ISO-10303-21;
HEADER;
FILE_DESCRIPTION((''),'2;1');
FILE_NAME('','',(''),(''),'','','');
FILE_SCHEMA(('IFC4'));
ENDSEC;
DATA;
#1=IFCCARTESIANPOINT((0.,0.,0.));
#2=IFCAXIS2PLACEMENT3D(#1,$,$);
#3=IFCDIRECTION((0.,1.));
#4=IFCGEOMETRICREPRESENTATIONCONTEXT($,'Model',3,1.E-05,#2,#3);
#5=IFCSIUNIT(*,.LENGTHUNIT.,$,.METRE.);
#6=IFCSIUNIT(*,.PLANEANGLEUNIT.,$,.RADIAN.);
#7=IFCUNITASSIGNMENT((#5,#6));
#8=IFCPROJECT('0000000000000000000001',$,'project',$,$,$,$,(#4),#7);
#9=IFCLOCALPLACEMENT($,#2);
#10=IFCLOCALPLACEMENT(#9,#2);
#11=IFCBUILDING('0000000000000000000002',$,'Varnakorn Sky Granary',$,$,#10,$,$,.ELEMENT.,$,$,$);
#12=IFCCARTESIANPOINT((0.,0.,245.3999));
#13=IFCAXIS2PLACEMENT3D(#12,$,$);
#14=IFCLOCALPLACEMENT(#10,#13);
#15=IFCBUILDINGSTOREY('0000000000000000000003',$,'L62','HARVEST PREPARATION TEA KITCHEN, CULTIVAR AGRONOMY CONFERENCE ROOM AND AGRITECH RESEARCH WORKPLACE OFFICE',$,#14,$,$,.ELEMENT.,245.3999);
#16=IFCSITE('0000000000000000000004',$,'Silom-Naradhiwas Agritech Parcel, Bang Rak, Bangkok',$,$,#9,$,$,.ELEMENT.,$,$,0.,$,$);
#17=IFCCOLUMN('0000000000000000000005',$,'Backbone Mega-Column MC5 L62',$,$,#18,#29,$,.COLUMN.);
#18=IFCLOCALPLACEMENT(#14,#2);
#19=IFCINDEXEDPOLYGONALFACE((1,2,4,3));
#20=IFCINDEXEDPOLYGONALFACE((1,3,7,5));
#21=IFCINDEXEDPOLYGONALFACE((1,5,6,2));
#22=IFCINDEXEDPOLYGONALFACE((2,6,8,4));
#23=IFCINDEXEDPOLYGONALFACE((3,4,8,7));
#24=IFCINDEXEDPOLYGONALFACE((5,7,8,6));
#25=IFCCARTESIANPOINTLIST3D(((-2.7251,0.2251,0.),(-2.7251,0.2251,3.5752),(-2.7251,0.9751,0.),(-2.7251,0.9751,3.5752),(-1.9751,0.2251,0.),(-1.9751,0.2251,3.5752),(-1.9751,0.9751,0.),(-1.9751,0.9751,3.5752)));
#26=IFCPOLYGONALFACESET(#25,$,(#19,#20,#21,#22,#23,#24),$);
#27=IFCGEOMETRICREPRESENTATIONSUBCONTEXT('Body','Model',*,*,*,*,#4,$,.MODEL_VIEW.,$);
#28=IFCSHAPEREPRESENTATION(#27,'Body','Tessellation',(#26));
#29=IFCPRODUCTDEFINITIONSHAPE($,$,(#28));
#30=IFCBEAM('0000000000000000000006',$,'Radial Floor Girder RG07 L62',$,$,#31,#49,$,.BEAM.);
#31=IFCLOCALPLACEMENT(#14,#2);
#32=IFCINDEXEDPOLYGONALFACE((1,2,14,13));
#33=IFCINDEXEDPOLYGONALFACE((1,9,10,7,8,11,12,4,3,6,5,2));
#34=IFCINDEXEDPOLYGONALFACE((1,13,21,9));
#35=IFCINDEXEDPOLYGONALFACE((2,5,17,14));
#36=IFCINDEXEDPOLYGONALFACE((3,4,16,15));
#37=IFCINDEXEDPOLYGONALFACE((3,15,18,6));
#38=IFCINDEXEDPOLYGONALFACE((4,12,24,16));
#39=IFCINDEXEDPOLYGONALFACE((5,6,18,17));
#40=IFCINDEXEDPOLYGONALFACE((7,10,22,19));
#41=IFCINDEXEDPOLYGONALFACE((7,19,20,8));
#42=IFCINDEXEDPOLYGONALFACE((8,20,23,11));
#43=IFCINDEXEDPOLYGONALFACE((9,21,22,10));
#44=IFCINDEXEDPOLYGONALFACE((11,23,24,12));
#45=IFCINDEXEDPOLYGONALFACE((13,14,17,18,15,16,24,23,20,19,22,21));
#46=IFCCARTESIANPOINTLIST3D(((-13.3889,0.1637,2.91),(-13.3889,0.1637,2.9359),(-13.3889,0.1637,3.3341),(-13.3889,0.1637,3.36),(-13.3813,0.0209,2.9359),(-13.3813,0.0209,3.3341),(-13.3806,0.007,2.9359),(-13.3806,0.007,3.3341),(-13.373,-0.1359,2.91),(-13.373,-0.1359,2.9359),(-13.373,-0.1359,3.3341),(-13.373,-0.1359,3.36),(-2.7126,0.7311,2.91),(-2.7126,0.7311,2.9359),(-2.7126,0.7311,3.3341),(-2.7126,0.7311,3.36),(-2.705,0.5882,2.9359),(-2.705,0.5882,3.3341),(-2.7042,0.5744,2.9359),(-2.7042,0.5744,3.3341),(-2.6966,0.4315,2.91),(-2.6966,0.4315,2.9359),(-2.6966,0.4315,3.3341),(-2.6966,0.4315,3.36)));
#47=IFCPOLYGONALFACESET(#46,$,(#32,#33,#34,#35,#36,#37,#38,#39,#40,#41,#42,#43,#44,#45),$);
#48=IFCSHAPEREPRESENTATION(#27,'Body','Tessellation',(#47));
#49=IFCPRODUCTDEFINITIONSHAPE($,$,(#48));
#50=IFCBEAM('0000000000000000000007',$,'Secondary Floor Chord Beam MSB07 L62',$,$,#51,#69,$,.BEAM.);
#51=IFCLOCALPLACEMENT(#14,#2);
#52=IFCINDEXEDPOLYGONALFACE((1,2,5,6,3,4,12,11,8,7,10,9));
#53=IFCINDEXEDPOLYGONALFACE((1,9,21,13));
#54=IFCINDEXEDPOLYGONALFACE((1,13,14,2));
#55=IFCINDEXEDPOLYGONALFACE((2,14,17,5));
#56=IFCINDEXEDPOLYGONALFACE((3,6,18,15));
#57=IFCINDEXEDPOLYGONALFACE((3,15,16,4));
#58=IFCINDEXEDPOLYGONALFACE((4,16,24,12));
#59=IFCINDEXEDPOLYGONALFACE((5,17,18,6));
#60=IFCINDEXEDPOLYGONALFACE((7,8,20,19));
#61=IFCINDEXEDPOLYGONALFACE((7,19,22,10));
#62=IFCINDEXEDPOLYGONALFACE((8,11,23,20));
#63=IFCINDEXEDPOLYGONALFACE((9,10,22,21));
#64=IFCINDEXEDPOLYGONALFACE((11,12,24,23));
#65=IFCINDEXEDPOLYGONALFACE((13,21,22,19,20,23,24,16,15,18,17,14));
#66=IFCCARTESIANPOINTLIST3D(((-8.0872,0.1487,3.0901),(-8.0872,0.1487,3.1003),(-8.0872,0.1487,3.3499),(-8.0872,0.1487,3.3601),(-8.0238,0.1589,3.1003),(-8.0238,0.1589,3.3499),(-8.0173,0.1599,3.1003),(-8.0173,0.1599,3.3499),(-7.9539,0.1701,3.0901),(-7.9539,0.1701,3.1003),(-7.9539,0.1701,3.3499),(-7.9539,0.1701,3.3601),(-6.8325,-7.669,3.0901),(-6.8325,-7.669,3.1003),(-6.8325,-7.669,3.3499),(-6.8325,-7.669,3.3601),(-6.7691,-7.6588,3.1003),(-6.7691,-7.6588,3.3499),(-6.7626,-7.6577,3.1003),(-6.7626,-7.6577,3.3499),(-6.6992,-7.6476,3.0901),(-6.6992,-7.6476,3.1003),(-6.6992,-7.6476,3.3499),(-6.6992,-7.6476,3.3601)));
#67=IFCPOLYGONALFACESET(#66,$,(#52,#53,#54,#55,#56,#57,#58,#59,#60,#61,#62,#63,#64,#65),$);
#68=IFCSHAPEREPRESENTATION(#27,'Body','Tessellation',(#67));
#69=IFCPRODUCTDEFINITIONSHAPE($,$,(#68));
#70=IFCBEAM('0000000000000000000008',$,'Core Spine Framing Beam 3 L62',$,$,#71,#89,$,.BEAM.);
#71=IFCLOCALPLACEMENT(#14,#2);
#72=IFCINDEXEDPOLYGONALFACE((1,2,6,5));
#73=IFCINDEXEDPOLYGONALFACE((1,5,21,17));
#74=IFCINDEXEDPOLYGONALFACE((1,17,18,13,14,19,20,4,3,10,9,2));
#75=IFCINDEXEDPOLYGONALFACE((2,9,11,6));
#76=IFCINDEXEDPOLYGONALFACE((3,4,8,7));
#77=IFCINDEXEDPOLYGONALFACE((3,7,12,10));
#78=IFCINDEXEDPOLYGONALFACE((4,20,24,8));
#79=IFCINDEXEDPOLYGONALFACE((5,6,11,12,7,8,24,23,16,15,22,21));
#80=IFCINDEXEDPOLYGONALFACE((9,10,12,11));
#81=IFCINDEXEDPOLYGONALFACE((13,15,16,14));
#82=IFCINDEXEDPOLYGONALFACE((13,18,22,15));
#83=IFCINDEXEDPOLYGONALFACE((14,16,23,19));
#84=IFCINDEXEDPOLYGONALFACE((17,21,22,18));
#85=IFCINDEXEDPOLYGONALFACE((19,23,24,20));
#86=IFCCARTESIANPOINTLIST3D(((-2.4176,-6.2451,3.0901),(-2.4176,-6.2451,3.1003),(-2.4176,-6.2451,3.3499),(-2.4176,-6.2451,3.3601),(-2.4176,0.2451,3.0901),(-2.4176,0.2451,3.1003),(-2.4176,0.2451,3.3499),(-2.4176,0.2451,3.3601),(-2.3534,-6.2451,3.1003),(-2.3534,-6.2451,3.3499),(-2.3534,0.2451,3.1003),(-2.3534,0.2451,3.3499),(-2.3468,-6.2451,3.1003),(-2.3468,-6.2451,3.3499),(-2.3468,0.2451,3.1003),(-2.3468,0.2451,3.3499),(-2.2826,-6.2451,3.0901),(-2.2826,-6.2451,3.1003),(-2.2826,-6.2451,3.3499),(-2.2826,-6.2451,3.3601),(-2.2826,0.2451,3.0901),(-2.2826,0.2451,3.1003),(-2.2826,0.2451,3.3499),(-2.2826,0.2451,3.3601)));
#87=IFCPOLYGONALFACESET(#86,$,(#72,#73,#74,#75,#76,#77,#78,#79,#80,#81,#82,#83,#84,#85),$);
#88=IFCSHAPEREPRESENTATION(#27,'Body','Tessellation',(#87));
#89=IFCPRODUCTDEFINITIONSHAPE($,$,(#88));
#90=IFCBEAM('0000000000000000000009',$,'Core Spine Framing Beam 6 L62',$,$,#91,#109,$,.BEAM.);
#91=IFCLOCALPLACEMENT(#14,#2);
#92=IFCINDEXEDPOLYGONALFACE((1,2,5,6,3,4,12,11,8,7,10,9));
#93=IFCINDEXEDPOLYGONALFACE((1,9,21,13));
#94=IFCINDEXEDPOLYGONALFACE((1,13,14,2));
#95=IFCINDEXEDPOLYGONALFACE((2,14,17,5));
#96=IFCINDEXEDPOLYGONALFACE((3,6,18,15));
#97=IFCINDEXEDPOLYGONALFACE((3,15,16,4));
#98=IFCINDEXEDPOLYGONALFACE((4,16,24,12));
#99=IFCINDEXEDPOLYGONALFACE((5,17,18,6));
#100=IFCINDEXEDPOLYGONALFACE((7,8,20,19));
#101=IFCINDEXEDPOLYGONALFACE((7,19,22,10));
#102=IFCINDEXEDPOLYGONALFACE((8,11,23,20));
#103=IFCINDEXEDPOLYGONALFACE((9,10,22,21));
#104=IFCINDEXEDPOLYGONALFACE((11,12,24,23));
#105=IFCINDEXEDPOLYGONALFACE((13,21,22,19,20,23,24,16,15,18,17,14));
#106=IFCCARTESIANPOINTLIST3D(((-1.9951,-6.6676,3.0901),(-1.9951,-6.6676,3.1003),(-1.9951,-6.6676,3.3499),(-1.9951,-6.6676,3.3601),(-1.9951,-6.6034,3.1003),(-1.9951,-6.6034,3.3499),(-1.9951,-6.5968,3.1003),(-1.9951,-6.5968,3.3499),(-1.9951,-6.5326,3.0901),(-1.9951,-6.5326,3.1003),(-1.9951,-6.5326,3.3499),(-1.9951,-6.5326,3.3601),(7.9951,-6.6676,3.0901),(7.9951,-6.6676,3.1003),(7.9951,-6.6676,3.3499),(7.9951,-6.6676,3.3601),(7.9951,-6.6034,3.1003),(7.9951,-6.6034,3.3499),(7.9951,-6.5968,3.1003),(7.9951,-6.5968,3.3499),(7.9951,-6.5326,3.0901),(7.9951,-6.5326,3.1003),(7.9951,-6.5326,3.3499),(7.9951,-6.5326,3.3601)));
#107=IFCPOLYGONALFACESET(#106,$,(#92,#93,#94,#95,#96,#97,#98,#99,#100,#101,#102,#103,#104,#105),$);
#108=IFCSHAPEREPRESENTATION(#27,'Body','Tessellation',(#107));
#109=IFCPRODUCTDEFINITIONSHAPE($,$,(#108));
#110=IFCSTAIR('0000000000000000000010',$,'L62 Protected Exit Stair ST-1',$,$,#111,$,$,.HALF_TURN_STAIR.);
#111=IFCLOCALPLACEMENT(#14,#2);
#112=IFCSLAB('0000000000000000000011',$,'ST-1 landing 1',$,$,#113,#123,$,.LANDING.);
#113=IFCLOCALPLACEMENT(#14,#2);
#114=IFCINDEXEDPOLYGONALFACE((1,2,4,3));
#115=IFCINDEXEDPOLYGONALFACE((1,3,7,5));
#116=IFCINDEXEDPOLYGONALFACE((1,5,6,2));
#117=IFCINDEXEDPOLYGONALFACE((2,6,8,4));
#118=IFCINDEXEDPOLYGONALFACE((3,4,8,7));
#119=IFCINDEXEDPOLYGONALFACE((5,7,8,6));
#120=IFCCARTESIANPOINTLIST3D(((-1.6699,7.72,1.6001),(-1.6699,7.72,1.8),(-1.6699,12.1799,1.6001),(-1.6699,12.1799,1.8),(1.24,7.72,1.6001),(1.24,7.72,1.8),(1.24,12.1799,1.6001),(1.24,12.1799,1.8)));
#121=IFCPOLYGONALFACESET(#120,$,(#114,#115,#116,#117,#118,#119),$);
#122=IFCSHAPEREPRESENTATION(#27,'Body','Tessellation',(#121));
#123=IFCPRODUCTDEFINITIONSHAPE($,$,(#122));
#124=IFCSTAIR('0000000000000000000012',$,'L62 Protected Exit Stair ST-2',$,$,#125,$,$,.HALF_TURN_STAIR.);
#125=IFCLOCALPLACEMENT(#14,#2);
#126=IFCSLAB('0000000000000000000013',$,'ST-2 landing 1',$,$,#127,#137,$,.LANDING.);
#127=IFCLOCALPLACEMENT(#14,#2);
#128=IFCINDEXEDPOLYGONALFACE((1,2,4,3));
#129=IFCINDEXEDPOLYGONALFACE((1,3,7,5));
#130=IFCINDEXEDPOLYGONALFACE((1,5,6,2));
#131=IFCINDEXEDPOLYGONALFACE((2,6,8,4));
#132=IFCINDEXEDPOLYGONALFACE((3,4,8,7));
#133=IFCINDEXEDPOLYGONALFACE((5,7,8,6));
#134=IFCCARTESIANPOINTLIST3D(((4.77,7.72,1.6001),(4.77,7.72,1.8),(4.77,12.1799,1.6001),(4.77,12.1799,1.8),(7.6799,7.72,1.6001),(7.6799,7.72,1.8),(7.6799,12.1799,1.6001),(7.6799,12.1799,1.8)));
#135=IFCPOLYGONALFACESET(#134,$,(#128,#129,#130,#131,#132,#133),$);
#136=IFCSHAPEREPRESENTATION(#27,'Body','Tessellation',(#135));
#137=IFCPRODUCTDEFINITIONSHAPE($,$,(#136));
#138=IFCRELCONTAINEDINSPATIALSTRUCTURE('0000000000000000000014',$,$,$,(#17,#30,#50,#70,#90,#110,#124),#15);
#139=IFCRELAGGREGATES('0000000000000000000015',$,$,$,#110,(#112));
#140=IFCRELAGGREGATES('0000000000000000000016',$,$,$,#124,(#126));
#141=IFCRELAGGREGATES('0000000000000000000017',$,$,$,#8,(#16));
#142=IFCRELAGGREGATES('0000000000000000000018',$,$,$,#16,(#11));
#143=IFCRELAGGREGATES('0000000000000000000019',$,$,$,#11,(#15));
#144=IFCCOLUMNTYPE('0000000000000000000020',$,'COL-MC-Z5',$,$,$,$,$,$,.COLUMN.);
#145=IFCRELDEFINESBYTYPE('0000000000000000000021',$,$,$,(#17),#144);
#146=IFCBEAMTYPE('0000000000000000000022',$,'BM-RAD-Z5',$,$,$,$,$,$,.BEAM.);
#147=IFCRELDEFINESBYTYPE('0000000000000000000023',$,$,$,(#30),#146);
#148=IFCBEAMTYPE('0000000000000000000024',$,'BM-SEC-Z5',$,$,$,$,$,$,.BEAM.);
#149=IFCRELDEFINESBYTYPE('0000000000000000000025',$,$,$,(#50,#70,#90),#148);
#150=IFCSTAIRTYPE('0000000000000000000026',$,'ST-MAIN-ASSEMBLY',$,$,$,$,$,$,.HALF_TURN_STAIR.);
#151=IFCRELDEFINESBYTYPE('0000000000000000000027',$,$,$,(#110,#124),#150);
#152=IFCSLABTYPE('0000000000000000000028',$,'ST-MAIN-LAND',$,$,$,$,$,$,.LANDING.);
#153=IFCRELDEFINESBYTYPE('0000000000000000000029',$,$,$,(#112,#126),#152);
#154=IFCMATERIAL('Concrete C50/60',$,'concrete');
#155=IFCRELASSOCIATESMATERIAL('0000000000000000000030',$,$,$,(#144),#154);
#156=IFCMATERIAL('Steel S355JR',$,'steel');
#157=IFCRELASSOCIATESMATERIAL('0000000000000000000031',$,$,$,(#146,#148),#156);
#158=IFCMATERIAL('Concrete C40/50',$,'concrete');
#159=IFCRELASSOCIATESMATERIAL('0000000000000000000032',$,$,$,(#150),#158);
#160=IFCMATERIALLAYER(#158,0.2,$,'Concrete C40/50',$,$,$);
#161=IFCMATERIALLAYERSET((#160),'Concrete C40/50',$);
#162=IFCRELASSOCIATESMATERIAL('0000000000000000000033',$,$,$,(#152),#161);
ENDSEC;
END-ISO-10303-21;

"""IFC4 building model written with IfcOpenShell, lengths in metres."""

from ifc_helpers import new_model, si_unit, direction, frame, origin, origin_2d, place, context, subcontext, project, spatial, polyline, rectangle, i_section, outline, extrude, material, layer, layer_set, material_profile, profile_set, type_object, element, aggregate, save


model = new_model("IFC4")

# Units and contexts
model_context = context("Model", 3, precision=1e-05, world=origin(), true_north=direction((0.0, 1.0)))
body_context = subcontext(model_context, "Body", "Model", "MODEL_VIEW")
ifc_project = project(units=[si_unit("LENGTHUNIT", "METRE"), si_unit("PLANEANGLEUNIT", "RADIAN")], contexts=[model_context])

# Site, building, storey
site_placement = place(None, origin())
site = spatial("IfcSite", under=ifc_project, at=site_placement, Name="Silom-Naradhiwas Agritech Parcel, Bang Rak, Bangkok", CompositionType="ELEMENT", RefElevation=0.0)
building_placement = place(site_placement, origin())
building = spatial("IfcBuilding", under=site, at=building_placement, Name="Varnakorn Sky Granary", CompositionType="ELEMENT")
storey_placement = place(building_placement, frame((0.0, 0.0, 245.3999)))
storey = spatial("IfcBuildingStorey", under=building, at=storey_placement, Name="L62", Description="HARVEST PREPARATION TEA KITCHEN, CULTIVAR AGRONOMY CONFERENCE ROOM AND AGRITECH RESEARCH WORKPLACE OFFICE", CompositionType="ELEMENT", Elevation=245.3999)

# Column
ifc_material_1 = material(Name="Concrete C50/60", Category="concrete")
ifc_material_profile_1 = material_profile(ifc_material_1, rectangle(XDim=0.75, YDim=0.75, at=origin_2d()), Name="RC 750x750")
ifc_profile_set_1 = profile_set([ifc_material_profile_1], Name="Concrete C50/60")
column_type = type_object("IfcColumnType", Name="COL-MC-Z5", PredefinedType="COLUMN", material=ifc_profile_set_1)
column_placement = place(storey_placement, frame((-2.3501, 0.6001, 0.0), z_axis=(0.0, 0.0, 1.0), x_axis=(1.0, 0.0, 0.0)))
element("IfcColumn", 1, at=column_placement, inside=storey, type_object=column_type, Name="Backbone Mega-Column MC5 L62", PredefinedType="COLUMN", context=body_context, shape_type="SweptSolid", body=[
    extrude(rectangle(XDim=0.75, YDim=0.75, at=origin_2d()), origin(), (0.0, 0.0, 1.0), 3.5752),
])

# Beams
ifc_material_2 = material(Name="Steel S355JR", Category="steel")
ifc_material_profile_2 = material_profile(ifc_material_2, i_section(OverallWidth=0.3, OverallDepth=0.45, WebThickness=0.0139, FlangeThickness=0.0259, at=origin_2d()), Name="HE 450 B")
ifc_profile_set_2 = profile_set([ifc_material_profile_2], Name="Steel S355JR")
beam_type_1 = type_object("IfcBeamType", Name="BM-RAD-Z5", PredefinedType="BEAM", material=ifc_profile_set_2)
beam_1_placement = place(storey_placement, frame((-2.7046, 0.5813, 3.135), z_axis=(-0.998591, -0.053069, 0.0), x_axis=(0.053069, -0.998591, 0.0)))
element("IfcBeam", 2, at=beam_1_placement, inside=storey, type_object=beam_type_1, Name="Radial Floor Girder RG07 L62", PredefinedType="BEAM", context=body_context, shape_type="SweptSolid", body=[
    extrude(i_section(OverallWidth=0.3, OverallDepth=0.45, WebThickness=0.0139, FlangeThickness=0.0259, at=origin_2d()), origin(), (0.0, 0.0, 1.0), 10.6914),
])
ifc_material_profile_3 = material_profile(ifc_material_2, i_section(OverallWidth=0.135, OverallDepth=0.27, WebThickness=0.0066, FlangeThickness=0.0103, at=origin_2d()), Name="IPE 270")
ifc_profile_set_3 = profile_set([ifc_material_profile_3], Name="Steel S355JR")
beam_type_2 = type_object("IfcBeamType", Name="BM-SEC-Z5", PredefinedType="BEAM", material=ifc_profile_set_3)
beam_2_placement = place(storey_placement, frame((-8.0205, 0.1594, 3.2251), z_axis=(0.158461, -0.987365, 0.0), x_axis=(0.987365, 0.158461, 0.0)))
element("IfcBeam", 3, at=beam_2_placement, inside=storey, type_object=beam_type_2, Name="Secondary Floor Chord Beam MSB07 L62", PredefinedType="BEAM", context=body_context, shape_type="SweptSolid", body=[
    extrude(i_section(OverallWidth=0.135, OverallDepth=0.27, WebThickness=0.0066, FlangeThickness=0.0103, at=origin_2d()), origin(), (0.0, 0.0, 1.0), 7.9177),
])
beam_3_placement = place(storey_placement, frame((-2.3501, 0.2451, 3.2251), z_axis=(0.0, -1.0, 0.0), x_axis=(1.0, 0.0, 0.0)))
element("IfcBeam", 4, at=beam_3_placement, inside=storey, type_object=beam_type_2, Name="Core Spine Framing Beam 3 L62", PredefinedType="BEAM", context=body_context, shape_type="SweptSolid", body=[
    extrude(i_section(OverallWidth=0.135, OverallDepth=0.27, WebThickness=0.0066, FlangeThickness=0.0103, at=origin_2d()), origin(), (0.0, 0.0, 1.0), 6.4902),
])
beam_4_placement = place(storey_placement, frame((-1.9951, -6.6001, 3.2251), z_axis=(1.0, 0.0, 0.0), x_axis=(0.0, 1.0, 0.0)))
element("IfcBeam", 5, at=beam_4_placement, inside=storey, type_object=beam_type_2, Name="Core Spine Framing Beam 6 L62", PredefinedType="BEAM", context=body_context, shape_type="SweptSolid", body=[
    extrude(i_section(OverallWidth=0.135, OverallDepth=0.27, WebThickness=0.0066, FlangeThickness=0.0103, at=origin_2d()), origin(), (0.0, 0.0, 1.0), 9.9902),
])

# Stairs, slabs
ifc_material_3 = material(Name="Concrete C40/50", Category="concrete")
stair_type = type_object("IfcStairType", Name="ST-MAIN-ASSEMBLY", PredefinedType="HALF_TURN_STAIR", material=ifc_material_3)
stair_1_placement = place(storey_placement, origin())
stair_1 = element("IfcStair", 6, at=stair_1_placement, inside=storey, type_object=stair_type, Name="L62 Protected Exit Stair ST-1", PredefinedType="HALF_TURN_STAIR")
ifc_layer_1 = layer(ifc_material_3, 0.2, Name="Concrete C40/50")
ifc_layer_set_1 = layer_set([ifc_layer_1], Name="Concrete C40/50")
slab_type_1 = type_object("IfcSlabType", Name="ST-MAIN-LAND", PredefinedType="LANDING", material=ifc_layer_set_1)
slab_1_placement = place(storey_placement, frame((0.0, 0.0, 1.6001)))
slab_1 = element("IfcSlab", 7, at=slab_1_placement, type_object=slab_type_1, Name="ST-1 landing 1", PredefinedType="LANDING", context=body_context, shape_type="SweptSolid", body=[
    extrude(outline(polyline([(1.24, 7.72), (1.24, 12.1799), (-1.6699, 12.1799), (-1.6699, 7.72), (1.24, 7.72)])), origin(), (0.0, 0.0, 1.0), 0.2),
])
aggregate(stair_1, [slab_1])
stair_2_placement = place(storey_placement, origin())
stair_2 = element("IfcStair", 8, at=stair_2_placement, inside=storey, type_object=stair_type, Name="L62 Protected Exit Stair ST-2", PredefinedType="HALF_TURN_STAIR")
slab_2_placement = place(storey_placement, frame((0.0, 0.0, 1.6001)))
slab_2 = element("IfcSlab", 9, at=slab_2_placement, type_object=slab_type_1, Name="ST-2 landing 1", PredefinedType="LANDING", context=body_context, shape_type="SweptSolid", body=[
    extrude(outline(polyline([(7.6799, 7.72), (7.6799, 12.1799), (4.77, 12.1799), (4.77, 7.72), (7.6799, 7.72)])), origin(), (0.0, 0.0, 1.0), 0.2),
])
aggregate(stair_2, [slab_2])

save(model, "model.ifc")
